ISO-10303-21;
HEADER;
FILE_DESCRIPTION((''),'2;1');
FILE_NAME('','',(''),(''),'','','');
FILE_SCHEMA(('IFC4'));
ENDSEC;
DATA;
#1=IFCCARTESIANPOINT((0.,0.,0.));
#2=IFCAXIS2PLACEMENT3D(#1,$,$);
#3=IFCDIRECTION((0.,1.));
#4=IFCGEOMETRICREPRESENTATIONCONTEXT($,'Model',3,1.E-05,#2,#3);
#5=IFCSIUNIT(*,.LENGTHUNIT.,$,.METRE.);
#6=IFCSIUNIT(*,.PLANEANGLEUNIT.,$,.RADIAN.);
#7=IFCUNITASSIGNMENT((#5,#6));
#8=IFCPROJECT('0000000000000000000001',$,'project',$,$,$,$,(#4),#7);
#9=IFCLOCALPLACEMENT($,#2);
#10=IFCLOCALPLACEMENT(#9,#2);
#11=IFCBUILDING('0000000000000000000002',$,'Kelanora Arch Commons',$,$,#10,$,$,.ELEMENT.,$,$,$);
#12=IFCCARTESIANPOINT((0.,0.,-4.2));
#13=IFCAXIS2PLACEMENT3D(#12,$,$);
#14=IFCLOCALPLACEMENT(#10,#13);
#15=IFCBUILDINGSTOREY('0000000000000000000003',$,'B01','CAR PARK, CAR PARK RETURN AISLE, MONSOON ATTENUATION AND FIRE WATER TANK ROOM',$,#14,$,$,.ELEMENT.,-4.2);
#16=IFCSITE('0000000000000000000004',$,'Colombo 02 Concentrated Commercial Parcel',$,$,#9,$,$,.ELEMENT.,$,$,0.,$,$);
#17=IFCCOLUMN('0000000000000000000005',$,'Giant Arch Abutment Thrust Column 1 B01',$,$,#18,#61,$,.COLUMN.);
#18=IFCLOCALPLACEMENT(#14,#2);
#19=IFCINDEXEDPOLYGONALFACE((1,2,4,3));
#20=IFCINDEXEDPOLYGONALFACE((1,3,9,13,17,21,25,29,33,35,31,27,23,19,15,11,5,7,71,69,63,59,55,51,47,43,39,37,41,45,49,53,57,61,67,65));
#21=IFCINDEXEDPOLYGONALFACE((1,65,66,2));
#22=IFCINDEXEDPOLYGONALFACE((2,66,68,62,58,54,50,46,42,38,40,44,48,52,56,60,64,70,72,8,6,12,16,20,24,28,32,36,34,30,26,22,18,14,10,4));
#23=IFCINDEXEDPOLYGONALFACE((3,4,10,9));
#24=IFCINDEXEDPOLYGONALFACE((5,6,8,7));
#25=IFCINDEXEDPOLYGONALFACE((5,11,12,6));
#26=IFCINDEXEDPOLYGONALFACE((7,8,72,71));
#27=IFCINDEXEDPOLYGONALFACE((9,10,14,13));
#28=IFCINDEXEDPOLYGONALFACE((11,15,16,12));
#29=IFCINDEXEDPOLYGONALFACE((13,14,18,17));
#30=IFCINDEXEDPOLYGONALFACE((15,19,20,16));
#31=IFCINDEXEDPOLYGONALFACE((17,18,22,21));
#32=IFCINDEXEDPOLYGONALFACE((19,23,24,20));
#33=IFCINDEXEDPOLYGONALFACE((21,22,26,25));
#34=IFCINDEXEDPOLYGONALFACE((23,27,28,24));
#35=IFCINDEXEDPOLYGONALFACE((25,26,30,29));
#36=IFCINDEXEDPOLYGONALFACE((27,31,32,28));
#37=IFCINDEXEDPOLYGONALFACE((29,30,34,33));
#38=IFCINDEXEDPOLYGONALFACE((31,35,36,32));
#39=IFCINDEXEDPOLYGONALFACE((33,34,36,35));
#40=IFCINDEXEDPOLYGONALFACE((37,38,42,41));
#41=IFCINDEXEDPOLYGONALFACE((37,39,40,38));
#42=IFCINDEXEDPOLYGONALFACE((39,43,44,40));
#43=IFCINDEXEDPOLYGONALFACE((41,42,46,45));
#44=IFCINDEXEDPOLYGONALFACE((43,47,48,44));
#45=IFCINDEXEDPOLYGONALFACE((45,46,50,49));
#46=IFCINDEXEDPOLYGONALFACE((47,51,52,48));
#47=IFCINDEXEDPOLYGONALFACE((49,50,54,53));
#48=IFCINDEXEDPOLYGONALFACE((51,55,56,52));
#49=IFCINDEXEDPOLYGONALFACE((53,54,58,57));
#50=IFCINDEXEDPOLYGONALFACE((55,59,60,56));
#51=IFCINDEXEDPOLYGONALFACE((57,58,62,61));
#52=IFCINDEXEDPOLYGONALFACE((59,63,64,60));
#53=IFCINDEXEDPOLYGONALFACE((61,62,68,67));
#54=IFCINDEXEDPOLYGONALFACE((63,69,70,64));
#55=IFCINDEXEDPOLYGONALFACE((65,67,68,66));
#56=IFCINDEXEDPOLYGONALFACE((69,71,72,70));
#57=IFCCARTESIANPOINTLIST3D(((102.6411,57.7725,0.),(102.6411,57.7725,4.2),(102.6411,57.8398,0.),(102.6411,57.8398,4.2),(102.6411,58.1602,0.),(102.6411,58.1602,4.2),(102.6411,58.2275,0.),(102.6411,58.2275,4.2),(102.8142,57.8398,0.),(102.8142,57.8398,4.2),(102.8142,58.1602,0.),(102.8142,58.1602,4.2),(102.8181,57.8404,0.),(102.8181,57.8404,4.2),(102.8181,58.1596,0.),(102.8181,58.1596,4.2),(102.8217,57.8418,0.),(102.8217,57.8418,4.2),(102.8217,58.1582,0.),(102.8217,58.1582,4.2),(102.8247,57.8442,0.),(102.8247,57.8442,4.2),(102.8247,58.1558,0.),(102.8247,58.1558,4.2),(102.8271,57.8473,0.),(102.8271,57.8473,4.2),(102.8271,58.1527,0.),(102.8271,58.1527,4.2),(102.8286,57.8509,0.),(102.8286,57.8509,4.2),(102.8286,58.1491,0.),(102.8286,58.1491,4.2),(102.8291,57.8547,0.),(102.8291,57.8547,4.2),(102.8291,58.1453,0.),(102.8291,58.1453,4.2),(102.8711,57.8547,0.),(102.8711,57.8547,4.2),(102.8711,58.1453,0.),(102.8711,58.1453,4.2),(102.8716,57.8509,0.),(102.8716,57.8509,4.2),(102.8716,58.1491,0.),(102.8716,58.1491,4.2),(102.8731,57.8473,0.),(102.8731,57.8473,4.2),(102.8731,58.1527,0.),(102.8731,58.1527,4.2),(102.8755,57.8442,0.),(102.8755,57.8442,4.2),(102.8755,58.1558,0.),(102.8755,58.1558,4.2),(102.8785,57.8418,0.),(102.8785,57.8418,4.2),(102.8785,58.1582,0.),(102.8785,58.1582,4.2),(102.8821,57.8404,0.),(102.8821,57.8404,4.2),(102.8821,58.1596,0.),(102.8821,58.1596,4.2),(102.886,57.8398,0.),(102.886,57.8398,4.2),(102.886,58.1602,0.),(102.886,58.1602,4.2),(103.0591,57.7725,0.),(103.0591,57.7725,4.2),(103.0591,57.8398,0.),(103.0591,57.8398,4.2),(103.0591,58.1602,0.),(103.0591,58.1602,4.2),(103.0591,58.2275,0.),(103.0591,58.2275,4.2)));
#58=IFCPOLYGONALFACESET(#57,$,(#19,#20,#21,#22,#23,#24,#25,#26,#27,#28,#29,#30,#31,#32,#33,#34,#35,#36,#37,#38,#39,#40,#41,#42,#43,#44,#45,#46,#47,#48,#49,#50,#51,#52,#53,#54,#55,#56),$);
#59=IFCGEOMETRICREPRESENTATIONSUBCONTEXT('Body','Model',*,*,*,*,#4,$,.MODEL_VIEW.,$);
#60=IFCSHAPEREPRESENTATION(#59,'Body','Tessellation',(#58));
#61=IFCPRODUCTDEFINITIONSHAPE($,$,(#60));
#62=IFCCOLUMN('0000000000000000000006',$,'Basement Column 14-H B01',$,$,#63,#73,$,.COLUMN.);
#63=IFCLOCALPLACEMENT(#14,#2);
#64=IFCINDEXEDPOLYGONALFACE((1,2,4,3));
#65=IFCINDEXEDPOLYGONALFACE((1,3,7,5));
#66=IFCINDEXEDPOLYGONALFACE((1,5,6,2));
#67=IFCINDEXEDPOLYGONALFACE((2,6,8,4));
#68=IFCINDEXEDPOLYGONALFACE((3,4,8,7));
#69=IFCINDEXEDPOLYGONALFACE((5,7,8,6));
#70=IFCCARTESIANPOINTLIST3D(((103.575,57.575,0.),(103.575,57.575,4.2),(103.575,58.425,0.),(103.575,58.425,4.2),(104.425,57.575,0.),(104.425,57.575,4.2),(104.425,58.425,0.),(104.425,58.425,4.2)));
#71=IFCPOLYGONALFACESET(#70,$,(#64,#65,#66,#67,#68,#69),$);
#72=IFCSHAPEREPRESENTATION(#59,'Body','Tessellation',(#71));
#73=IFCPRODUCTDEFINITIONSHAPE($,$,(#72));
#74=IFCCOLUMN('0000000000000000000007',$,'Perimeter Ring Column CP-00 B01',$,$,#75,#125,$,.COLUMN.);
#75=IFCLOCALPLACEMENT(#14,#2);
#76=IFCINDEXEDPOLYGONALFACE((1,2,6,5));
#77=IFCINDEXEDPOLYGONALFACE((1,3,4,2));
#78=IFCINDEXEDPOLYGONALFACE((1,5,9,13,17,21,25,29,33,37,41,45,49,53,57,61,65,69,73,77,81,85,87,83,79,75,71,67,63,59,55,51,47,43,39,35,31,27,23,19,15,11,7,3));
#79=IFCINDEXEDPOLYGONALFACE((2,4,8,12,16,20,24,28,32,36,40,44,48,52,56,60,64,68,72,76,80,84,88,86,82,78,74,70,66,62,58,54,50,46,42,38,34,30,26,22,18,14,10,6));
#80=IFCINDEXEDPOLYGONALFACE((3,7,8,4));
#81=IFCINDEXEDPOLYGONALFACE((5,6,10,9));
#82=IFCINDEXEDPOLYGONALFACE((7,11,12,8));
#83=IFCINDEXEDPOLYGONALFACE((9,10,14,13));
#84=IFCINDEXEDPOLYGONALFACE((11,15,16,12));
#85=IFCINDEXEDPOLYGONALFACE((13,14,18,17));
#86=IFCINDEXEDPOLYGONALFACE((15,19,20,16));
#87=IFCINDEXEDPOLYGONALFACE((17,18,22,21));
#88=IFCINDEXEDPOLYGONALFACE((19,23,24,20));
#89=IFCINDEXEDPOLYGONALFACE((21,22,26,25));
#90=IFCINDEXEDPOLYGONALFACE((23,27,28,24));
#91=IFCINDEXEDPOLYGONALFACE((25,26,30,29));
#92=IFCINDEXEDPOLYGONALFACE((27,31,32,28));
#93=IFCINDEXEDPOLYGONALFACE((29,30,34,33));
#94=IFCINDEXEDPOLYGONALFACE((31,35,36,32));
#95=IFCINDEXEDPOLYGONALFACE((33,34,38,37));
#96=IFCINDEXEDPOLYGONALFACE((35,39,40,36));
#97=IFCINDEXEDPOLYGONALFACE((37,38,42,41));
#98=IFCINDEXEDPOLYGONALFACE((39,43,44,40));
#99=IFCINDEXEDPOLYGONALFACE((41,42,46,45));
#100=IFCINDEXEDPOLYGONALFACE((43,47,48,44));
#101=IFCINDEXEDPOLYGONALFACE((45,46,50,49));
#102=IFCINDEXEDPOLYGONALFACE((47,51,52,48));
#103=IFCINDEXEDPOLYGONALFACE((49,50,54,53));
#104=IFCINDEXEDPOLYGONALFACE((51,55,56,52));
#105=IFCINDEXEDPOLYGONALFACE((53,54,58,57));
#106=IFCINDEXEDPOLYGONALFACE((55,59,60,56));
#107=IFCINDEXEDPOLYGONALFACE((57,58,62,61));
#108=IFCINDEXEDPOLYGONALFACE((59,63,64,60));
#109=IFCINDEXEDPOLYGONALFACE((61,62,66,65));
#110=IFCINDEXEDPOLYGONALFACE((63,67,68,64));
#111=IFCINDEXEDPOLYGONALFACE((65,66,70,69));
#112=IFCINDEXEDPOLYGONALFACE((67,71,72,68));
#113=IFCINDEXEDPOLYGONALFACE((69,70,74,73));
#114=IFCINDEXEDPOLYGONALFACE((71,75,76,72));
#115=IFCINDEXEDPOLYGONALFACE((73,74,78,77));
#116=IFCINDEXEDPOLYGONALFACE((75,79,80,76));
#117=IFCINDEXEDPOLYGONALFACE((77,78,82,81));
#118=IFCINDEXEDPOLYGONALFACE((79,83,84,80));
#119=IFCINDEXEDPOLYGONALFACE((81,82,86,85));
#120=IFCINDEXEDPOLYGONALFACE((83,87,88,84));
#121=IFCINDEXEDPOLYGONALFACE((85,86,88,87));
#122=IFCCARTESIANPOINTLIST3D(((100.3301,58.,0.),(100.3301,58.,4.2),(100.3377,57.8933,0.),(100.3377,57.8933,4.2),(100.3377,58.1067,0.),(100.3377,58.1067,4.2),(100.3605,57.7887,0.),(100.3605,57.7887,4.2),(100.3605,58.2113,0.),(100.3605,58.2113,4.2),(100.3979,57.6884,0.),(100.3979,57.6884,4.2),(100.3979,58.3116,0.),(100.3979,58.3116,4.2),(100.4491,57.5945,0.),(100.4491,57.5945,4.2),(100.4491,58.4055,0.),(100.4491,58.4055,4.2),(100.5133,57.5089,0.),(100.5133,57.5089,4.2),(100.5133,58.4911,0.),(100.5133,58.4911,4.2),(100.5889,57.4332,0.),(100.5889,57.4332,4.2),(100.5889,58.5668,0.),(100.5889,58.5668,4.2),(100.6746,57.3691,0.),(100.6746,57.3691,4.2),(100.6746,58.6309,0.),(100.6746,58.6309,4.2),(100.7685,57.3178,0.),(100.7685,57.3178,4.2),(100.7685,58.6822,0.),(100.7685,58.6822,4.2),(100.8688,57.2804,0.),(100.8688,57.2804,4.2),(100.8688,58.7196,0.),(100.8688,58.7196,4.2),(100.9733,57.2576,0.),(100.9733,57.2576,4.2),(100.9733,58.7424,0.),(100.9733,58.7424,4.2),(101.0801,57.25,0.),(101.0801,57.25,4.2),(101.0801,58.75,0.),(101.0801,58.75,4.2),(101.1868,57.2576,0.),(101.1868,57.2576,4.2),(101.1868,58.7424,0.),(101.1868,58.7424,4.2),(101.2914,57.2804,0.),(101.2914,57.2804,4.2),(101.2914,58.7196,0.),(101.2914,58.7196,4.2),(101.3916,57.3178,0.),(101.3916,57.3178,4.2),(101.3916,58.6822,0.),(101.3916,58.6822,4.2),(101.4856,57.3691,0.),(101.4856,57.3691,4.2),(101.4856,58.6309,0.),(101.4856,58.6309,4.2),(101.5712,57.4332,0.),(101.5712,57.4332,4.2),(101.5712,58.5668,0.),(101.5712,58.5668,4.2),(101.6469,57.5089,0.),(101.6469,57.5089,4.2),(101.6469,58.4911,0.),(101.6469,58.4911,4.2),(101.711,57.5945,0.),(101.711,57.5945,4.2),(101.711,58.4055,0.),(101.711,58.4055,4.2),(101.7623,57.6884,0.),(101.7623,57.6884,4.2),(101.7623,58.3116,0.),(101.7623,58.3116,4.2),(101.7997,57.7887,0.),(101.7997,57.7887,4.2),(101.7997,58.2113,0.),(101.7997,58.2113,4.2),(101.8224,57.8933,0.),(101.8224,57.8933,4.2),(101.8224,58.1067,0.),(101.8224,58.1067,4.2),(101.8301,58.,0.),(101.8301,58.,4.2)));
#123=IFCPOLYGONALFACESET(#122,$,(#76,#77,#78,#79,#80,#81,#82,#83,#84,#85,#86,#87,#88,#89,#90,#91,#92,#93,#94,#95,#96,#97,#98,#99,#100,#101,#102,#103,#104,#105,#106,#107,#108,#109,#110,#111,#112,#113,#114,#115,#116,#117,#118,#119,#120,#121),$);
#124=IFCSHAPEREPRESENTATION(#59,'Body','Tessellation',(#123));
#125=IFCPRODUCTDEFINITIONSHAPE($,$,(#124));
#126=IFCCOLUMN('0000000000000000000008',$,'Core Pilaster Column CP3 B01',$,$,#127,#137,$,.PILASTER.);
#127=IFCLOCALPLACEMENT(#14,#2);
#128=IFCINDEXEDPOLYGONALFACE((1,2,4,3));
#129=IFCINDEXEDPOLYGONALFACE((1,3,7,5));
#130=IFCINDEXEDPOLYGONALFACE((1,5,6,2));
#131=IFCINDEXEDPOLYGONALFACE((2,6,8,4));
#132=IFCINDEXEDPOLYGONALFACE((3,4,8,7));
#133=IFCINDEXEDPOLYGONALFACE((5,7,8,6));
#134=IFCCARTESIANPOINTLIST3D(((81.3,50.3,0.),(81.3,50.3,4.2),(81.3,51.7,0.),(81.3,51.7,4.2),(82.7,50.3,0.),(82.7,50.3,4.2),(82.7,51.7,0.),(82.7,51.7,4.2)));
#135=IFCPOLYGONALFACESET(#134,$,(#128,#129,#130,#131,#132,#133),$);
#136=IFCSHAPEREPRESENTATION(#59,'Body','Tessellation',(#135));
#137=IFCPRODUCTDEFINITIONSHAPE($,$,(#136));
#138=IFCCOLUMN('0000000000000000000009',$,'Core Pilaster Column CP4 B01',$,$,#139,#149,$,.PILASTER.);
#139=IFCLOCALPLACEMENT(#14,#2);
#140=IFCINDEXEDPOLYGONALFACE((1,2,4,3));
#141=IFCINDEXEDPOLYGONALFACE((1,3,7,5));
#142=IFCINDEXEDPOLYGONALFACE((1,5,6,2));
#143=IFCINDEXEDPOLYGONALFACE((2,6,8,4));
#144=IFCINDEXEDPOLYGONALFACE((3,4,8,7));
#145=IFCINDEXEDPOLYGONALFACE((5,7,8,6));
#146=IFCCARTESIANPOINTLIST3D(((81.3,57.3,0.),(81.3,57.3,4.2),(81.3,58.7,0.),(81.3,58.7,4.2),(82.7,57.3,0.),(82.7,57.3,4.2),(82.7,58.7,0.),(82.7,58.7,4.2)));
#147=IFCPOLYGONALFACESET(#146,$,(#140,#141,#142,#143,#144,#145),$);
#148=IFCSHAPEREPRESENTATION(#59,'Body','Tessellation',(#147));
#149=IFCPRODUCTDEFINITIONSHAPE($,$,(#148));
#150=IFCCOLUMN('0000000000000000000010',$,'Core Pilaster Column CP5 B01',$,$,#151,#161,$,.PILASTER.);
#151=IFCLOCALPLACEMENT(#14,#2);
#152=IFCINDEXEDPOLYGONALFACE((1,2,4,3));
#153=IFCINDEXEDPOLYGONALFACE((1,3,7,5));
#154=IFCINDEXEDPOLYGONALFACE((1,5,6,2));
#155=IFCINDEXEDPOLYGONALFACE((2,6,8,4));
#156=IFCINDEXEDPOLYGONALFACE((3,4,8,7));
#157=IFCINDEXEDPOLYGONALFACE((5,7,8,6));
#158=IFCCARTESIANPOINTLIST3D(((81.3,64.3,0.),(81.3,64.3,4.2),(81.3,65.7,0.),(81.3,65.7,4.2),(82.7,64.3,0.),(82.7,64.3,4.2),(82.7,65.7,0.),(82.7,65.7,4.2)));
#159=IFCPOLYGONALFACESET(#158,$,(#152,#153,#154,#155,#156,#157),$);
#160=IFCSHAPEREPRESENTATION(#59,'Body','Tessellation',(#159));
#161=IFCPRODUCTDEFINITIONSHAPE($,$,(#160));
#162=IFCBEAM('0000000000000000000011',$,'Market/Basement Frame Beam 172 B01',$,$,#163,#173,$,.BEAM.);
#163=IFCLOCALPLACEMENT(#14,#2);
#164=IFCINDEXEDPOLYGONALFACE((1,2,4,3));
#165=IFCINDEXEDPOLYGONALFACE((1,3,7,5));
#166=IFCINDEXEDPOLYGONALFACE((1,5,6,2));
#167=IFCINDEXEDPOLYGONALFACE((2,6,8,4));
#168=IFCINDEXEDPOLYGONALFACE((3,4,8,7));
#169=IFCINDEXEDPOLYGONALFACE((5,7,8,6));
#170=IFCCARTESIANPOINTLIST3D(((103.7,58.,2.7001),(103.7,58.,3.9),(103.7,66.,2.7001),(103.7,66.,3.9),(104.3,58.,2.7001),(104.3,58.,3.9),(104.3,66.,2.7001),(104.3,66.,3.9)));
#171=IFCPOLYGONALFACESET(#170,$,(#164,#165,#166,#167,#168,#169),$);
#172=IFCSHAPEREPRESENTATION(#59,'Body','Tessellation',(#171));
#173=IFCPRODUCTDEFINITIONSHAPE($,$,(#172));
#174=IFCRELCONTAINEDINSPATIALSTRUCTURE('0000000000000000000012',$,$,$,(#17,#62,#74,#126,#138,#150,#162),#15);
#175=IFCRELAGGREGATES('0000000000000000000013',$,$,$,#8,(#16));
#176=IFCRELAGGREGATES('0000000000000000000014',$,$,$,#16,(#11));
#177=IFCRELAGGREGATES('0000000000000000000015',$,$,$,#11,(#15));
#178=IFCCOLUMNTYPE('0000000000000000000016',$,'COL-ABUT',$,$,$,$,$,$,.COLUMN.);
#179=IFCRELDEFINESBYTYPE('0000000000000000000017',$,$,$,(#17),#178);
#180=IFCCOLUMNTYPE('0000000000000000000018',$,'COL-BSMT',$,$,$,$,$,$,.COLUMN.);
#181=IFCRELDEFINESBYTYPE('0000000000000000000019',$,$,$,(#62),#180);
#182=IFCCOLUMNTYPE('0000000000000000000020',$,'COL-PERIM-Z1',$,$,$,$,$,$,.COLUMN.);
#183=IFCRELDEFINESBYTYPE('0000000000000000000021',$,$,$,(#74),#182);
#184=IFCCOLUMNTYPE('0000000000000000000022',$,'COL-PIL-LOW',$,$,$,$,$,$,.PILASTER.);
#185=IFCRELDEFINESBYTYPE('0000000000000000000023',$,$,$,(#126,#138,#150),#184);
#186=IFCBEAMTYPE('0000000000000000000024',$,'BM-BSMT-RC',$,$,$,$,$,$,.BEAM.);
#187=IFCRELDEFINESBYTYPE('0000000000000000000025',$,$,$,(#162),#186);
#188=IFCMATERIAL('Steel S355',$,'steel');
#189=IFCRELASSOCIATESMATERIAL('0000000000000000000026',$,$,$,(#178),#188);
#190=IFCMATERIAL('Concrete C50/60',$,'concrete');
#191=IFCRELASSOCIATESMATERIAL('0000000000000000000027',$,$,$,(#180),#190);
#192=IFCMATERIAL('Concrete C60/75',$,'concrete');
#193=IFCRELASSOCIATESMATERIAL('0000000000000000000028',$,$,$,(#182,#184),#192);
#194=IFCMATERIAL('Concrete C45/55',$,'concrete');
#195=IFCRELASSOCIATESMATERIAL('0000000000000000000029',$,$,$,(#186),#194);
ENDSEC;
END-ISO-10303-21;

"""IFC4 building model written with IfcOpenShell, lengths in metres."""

from ifc_helpers import new_model, si_unit, direction, frame, origin, origin_2d, place, context, subcontext, project, spatial, rectangle, circle, i_section, extrude, material, material_profile, profile_set, type_object, element, save


model = new_model("IFC4")

# Units and contexts
model_context = context("Model", 3, precision=1e-05, world=origin(), true_north=direction((0.0, 1.0)))
body_context = subcontext(model_context, "Body", "Model", "MODEL_VIEW")
ifc_project = project(units=[si_unit("LENGTHUNIT", "METRE"), si_unit("PLANEANGLEUNIT", "RADIAN")], contexts=[model_context])

# Site, building, storey
site_placement = place(None, origin())
site = spatial("IfcSite", under=ifc_project, at=site_placement, Name="Colombo 02 Concentrated Commercial Parcel", CompositionType="ELEMENT", RefElevation=0.0)
building_placement = place(site_placement, origin())
building = spatial("IfcBuilding", under=site, at=building_placement, Name="Kelanora Arch Commons", CompositionType="ELEMENT")
storey_placement = place(building_placement, frame((0.0, 0.0, -4.2)))
storey = spatial("IfcBuildingStorey", under=building, at=storey_placement, Name="B01", Description="CAR PARK, CAR PARK RETURN AISLE, MONSOON ATTENUATION AND FIRE WATER TANK ROOM", CompositionType="ELEMENT", Elevation=-4.2)

# Columns
ifc_material_1 = material(Name="Steel S355", Category="steel")
ifc_material_profile_1 = material_profile(ifc_material_1, i_section(OverallWidth=0.418, OverallDepth=0.4551, WebThickness=0.042, FlangeThickness=0.0674, FilletRadius=0.0149, at=origin_2d()), Name="HD400x551")
ifc_profile_set_1 = profile_set([ifc_material_profile_1], Name="Steel S355")
column_type_1 = type_object("IfcColumnType", Name="COL-ABUT", PredefinedType="COLUMN", material=ifc_profile_set_1)
column_1_placement = place(storey_placement, frame((102.8501, 58.0, 0.0), z_axis=(0.0, 0.0, 1.0), x_axis=(1.0, 0.0, 0.0)))
element("IfcColumn", 1, at=column_1_placement, inside=storey, type_object=column_type_1, Name="Giant Arch Abutment Thrust Column 1 B01", PredefinedType="COLUMN", context=body_context, shape_type="SweptSolid", body=[
    extrude(i_section(OverallWidth=0.418, OverallDepth=0.4551, WebThickness=0.042, FlangeThickness=0.0674, FilletRadius=0.0149, at=origin_2d()), origin(), (0.0, 0.0, 1.0), 4.2),
])
ifc_material_2 = material(Name="Concrete C50/60", Category="concrete")
ifc_material_profile_2 = material_profile(ifc_material_2, rectangle(XDim=0.8501, YDim=0.8501, at=origin_2d()), Name="RC850x850")
ifc_profile_set_2 = profile_set([ifc_material_profile_2], Name="Concrete C50/60")
column_type_2 = type_object("IfcColumnType", Name="COL-BSMT", PredefinedType="COLUMN", material=ifc_profile_set_2)
column_2_placement = place(storey_placement, frame((104.0, 58.0, 0.0), z_axis=(0.0, 0.0, 1.0), x_axis=(1.0, 0.0, 0.0)))
element("IfcColumn", 2, at=column_2_placement, inside=storey, type_object=column_type_2, Name="Basement Column 14-H B01", PredefinedType="COLUMN", context=body_context, shape_type="SweptSolid", body=[
    extrude(rectangle(XDim=0.8501, YDim=0.8501, at=origin_2d()), origin(), (0.0, 0.0, 1.0), 4.2),
])
ifc_material_3 = material(Name="Concrete C60/75", Category="concrete")
ifc_material_profile_3 = material_profile(ifc_material_3, circle(Radius=0.75, at=origin_2d()), Name="RCC1500")
ifc_profile_set_3 = profile_set([ifc_material_profile_3], Name="Concrete C60/75")
column_type_3 = type_object("IfcColumnType", Name="COL-PERIM-Z1", PredefinedType="COLUMN", material=ifc_profile_set_3)
column_3_placement = place(storey_placement, frame((101.0801, 58.0, 0.0), z_axis=(0.0, 0.0, 1.0), x_axis=(1.0, 0.0, 0.0)))
element("IfcColumn", 3, at=column_3_placement, inside=storey, type_object=column_type_3, Name="Perimeter Ring Column CP-00 B01", PredefinedType="COLUMN", context=body_context, shape_type="SweptSolid", body=[
    extrude(circle(Radius=0.75, at=origin_2d()), origin(), (0.0, 0.0, 1.0), 4.2),
])
ifc_material_profile_4 = material_profile(ifc_material_3, rectangle(XDim=1.3999, YDim=1.3999, at=origin_2d()), Name="RC1400x1400")
ifc_profile_set_4 = profile_set([ifc_material_profile_4], Name="Concrete C60/75")
column_type_4 = type_object("IfcColumnType", Name="COL-PIL-LOW", PredefinedType="PILASTER", material=ifc_profile_set_4)
for number, where, z_axis, x_axis, name in (
    (4, (82.0, 51.0, 0.0), (0.0, 0.0, 1.0), (1.0, 0.0, 0.0), "Core Pilaster Column CP3 B01"),
    (5, (82.0, 58.0, 0.0), (0.0, 0.0, 1.0), (1.0, 0.0, 0.0), "Core Pilaster Column CP4 B01"),
    (6, (82.0, 65.0, 0.0), (0.0, 0.0, 1.0), (1.0, 0.0, 0.0), "Core Pilaster Column CP5 B01"),
):
    element("IfcColumn", number, at=place(storey_placement, frame(where, z_axis=z_axis, x_axis=x_axis)), inside=storey, type_object=column_type_4, Name=name, PredefinedType="PILASTER", context=body_context, shape_type="SweptSolid", body=[
        extrude(rectangle(XDim=1.3999, YDim=1.3999, at=origin_2d()), origin(), (0.0, 0.0, 1.0), 4.2),
    ])

# Beam
ifc_material_4 = material(Name="Concrete C45/55", Category="concrete")
ifc_material_profile_5 = material_profile(ifc_material_4, rectangle(XDim=0.6001, YDim=1.2, at=origin_2d()), Name="RCB600x1200")
ifc_profile_set_5 = profile_set([ifc_material_profile_5], Name="Concrete C45/55")
beam_type_1 = type_object("IfcBeamType", Name="BM-BSMT-RC", PredefinedType="BEAM", material=ifc_profile_set_5)
beam_1_placement = place(storey_placement, frame((104.0, 58.0, 3.3), z_axis=(0.0, 1.0, 0.0), x_axis=(-1.0, 0.0, 0.0)))
element("IfcBeam", 7, at=beam_1_placement, inside=storey, type_object=beam_type_1, Name="Market/Basement Frame Beam 172 B01", PredefinedType="BEAM", context=body_context, shape_type="SweptSolid", body=[
    extrude(rectangle(XDim=0.6001, YDim=1.2, at=origin_2d()), origin(), (0.0, 0.0, 1.0), 8.0),
])

save(model, "model.ifc")
